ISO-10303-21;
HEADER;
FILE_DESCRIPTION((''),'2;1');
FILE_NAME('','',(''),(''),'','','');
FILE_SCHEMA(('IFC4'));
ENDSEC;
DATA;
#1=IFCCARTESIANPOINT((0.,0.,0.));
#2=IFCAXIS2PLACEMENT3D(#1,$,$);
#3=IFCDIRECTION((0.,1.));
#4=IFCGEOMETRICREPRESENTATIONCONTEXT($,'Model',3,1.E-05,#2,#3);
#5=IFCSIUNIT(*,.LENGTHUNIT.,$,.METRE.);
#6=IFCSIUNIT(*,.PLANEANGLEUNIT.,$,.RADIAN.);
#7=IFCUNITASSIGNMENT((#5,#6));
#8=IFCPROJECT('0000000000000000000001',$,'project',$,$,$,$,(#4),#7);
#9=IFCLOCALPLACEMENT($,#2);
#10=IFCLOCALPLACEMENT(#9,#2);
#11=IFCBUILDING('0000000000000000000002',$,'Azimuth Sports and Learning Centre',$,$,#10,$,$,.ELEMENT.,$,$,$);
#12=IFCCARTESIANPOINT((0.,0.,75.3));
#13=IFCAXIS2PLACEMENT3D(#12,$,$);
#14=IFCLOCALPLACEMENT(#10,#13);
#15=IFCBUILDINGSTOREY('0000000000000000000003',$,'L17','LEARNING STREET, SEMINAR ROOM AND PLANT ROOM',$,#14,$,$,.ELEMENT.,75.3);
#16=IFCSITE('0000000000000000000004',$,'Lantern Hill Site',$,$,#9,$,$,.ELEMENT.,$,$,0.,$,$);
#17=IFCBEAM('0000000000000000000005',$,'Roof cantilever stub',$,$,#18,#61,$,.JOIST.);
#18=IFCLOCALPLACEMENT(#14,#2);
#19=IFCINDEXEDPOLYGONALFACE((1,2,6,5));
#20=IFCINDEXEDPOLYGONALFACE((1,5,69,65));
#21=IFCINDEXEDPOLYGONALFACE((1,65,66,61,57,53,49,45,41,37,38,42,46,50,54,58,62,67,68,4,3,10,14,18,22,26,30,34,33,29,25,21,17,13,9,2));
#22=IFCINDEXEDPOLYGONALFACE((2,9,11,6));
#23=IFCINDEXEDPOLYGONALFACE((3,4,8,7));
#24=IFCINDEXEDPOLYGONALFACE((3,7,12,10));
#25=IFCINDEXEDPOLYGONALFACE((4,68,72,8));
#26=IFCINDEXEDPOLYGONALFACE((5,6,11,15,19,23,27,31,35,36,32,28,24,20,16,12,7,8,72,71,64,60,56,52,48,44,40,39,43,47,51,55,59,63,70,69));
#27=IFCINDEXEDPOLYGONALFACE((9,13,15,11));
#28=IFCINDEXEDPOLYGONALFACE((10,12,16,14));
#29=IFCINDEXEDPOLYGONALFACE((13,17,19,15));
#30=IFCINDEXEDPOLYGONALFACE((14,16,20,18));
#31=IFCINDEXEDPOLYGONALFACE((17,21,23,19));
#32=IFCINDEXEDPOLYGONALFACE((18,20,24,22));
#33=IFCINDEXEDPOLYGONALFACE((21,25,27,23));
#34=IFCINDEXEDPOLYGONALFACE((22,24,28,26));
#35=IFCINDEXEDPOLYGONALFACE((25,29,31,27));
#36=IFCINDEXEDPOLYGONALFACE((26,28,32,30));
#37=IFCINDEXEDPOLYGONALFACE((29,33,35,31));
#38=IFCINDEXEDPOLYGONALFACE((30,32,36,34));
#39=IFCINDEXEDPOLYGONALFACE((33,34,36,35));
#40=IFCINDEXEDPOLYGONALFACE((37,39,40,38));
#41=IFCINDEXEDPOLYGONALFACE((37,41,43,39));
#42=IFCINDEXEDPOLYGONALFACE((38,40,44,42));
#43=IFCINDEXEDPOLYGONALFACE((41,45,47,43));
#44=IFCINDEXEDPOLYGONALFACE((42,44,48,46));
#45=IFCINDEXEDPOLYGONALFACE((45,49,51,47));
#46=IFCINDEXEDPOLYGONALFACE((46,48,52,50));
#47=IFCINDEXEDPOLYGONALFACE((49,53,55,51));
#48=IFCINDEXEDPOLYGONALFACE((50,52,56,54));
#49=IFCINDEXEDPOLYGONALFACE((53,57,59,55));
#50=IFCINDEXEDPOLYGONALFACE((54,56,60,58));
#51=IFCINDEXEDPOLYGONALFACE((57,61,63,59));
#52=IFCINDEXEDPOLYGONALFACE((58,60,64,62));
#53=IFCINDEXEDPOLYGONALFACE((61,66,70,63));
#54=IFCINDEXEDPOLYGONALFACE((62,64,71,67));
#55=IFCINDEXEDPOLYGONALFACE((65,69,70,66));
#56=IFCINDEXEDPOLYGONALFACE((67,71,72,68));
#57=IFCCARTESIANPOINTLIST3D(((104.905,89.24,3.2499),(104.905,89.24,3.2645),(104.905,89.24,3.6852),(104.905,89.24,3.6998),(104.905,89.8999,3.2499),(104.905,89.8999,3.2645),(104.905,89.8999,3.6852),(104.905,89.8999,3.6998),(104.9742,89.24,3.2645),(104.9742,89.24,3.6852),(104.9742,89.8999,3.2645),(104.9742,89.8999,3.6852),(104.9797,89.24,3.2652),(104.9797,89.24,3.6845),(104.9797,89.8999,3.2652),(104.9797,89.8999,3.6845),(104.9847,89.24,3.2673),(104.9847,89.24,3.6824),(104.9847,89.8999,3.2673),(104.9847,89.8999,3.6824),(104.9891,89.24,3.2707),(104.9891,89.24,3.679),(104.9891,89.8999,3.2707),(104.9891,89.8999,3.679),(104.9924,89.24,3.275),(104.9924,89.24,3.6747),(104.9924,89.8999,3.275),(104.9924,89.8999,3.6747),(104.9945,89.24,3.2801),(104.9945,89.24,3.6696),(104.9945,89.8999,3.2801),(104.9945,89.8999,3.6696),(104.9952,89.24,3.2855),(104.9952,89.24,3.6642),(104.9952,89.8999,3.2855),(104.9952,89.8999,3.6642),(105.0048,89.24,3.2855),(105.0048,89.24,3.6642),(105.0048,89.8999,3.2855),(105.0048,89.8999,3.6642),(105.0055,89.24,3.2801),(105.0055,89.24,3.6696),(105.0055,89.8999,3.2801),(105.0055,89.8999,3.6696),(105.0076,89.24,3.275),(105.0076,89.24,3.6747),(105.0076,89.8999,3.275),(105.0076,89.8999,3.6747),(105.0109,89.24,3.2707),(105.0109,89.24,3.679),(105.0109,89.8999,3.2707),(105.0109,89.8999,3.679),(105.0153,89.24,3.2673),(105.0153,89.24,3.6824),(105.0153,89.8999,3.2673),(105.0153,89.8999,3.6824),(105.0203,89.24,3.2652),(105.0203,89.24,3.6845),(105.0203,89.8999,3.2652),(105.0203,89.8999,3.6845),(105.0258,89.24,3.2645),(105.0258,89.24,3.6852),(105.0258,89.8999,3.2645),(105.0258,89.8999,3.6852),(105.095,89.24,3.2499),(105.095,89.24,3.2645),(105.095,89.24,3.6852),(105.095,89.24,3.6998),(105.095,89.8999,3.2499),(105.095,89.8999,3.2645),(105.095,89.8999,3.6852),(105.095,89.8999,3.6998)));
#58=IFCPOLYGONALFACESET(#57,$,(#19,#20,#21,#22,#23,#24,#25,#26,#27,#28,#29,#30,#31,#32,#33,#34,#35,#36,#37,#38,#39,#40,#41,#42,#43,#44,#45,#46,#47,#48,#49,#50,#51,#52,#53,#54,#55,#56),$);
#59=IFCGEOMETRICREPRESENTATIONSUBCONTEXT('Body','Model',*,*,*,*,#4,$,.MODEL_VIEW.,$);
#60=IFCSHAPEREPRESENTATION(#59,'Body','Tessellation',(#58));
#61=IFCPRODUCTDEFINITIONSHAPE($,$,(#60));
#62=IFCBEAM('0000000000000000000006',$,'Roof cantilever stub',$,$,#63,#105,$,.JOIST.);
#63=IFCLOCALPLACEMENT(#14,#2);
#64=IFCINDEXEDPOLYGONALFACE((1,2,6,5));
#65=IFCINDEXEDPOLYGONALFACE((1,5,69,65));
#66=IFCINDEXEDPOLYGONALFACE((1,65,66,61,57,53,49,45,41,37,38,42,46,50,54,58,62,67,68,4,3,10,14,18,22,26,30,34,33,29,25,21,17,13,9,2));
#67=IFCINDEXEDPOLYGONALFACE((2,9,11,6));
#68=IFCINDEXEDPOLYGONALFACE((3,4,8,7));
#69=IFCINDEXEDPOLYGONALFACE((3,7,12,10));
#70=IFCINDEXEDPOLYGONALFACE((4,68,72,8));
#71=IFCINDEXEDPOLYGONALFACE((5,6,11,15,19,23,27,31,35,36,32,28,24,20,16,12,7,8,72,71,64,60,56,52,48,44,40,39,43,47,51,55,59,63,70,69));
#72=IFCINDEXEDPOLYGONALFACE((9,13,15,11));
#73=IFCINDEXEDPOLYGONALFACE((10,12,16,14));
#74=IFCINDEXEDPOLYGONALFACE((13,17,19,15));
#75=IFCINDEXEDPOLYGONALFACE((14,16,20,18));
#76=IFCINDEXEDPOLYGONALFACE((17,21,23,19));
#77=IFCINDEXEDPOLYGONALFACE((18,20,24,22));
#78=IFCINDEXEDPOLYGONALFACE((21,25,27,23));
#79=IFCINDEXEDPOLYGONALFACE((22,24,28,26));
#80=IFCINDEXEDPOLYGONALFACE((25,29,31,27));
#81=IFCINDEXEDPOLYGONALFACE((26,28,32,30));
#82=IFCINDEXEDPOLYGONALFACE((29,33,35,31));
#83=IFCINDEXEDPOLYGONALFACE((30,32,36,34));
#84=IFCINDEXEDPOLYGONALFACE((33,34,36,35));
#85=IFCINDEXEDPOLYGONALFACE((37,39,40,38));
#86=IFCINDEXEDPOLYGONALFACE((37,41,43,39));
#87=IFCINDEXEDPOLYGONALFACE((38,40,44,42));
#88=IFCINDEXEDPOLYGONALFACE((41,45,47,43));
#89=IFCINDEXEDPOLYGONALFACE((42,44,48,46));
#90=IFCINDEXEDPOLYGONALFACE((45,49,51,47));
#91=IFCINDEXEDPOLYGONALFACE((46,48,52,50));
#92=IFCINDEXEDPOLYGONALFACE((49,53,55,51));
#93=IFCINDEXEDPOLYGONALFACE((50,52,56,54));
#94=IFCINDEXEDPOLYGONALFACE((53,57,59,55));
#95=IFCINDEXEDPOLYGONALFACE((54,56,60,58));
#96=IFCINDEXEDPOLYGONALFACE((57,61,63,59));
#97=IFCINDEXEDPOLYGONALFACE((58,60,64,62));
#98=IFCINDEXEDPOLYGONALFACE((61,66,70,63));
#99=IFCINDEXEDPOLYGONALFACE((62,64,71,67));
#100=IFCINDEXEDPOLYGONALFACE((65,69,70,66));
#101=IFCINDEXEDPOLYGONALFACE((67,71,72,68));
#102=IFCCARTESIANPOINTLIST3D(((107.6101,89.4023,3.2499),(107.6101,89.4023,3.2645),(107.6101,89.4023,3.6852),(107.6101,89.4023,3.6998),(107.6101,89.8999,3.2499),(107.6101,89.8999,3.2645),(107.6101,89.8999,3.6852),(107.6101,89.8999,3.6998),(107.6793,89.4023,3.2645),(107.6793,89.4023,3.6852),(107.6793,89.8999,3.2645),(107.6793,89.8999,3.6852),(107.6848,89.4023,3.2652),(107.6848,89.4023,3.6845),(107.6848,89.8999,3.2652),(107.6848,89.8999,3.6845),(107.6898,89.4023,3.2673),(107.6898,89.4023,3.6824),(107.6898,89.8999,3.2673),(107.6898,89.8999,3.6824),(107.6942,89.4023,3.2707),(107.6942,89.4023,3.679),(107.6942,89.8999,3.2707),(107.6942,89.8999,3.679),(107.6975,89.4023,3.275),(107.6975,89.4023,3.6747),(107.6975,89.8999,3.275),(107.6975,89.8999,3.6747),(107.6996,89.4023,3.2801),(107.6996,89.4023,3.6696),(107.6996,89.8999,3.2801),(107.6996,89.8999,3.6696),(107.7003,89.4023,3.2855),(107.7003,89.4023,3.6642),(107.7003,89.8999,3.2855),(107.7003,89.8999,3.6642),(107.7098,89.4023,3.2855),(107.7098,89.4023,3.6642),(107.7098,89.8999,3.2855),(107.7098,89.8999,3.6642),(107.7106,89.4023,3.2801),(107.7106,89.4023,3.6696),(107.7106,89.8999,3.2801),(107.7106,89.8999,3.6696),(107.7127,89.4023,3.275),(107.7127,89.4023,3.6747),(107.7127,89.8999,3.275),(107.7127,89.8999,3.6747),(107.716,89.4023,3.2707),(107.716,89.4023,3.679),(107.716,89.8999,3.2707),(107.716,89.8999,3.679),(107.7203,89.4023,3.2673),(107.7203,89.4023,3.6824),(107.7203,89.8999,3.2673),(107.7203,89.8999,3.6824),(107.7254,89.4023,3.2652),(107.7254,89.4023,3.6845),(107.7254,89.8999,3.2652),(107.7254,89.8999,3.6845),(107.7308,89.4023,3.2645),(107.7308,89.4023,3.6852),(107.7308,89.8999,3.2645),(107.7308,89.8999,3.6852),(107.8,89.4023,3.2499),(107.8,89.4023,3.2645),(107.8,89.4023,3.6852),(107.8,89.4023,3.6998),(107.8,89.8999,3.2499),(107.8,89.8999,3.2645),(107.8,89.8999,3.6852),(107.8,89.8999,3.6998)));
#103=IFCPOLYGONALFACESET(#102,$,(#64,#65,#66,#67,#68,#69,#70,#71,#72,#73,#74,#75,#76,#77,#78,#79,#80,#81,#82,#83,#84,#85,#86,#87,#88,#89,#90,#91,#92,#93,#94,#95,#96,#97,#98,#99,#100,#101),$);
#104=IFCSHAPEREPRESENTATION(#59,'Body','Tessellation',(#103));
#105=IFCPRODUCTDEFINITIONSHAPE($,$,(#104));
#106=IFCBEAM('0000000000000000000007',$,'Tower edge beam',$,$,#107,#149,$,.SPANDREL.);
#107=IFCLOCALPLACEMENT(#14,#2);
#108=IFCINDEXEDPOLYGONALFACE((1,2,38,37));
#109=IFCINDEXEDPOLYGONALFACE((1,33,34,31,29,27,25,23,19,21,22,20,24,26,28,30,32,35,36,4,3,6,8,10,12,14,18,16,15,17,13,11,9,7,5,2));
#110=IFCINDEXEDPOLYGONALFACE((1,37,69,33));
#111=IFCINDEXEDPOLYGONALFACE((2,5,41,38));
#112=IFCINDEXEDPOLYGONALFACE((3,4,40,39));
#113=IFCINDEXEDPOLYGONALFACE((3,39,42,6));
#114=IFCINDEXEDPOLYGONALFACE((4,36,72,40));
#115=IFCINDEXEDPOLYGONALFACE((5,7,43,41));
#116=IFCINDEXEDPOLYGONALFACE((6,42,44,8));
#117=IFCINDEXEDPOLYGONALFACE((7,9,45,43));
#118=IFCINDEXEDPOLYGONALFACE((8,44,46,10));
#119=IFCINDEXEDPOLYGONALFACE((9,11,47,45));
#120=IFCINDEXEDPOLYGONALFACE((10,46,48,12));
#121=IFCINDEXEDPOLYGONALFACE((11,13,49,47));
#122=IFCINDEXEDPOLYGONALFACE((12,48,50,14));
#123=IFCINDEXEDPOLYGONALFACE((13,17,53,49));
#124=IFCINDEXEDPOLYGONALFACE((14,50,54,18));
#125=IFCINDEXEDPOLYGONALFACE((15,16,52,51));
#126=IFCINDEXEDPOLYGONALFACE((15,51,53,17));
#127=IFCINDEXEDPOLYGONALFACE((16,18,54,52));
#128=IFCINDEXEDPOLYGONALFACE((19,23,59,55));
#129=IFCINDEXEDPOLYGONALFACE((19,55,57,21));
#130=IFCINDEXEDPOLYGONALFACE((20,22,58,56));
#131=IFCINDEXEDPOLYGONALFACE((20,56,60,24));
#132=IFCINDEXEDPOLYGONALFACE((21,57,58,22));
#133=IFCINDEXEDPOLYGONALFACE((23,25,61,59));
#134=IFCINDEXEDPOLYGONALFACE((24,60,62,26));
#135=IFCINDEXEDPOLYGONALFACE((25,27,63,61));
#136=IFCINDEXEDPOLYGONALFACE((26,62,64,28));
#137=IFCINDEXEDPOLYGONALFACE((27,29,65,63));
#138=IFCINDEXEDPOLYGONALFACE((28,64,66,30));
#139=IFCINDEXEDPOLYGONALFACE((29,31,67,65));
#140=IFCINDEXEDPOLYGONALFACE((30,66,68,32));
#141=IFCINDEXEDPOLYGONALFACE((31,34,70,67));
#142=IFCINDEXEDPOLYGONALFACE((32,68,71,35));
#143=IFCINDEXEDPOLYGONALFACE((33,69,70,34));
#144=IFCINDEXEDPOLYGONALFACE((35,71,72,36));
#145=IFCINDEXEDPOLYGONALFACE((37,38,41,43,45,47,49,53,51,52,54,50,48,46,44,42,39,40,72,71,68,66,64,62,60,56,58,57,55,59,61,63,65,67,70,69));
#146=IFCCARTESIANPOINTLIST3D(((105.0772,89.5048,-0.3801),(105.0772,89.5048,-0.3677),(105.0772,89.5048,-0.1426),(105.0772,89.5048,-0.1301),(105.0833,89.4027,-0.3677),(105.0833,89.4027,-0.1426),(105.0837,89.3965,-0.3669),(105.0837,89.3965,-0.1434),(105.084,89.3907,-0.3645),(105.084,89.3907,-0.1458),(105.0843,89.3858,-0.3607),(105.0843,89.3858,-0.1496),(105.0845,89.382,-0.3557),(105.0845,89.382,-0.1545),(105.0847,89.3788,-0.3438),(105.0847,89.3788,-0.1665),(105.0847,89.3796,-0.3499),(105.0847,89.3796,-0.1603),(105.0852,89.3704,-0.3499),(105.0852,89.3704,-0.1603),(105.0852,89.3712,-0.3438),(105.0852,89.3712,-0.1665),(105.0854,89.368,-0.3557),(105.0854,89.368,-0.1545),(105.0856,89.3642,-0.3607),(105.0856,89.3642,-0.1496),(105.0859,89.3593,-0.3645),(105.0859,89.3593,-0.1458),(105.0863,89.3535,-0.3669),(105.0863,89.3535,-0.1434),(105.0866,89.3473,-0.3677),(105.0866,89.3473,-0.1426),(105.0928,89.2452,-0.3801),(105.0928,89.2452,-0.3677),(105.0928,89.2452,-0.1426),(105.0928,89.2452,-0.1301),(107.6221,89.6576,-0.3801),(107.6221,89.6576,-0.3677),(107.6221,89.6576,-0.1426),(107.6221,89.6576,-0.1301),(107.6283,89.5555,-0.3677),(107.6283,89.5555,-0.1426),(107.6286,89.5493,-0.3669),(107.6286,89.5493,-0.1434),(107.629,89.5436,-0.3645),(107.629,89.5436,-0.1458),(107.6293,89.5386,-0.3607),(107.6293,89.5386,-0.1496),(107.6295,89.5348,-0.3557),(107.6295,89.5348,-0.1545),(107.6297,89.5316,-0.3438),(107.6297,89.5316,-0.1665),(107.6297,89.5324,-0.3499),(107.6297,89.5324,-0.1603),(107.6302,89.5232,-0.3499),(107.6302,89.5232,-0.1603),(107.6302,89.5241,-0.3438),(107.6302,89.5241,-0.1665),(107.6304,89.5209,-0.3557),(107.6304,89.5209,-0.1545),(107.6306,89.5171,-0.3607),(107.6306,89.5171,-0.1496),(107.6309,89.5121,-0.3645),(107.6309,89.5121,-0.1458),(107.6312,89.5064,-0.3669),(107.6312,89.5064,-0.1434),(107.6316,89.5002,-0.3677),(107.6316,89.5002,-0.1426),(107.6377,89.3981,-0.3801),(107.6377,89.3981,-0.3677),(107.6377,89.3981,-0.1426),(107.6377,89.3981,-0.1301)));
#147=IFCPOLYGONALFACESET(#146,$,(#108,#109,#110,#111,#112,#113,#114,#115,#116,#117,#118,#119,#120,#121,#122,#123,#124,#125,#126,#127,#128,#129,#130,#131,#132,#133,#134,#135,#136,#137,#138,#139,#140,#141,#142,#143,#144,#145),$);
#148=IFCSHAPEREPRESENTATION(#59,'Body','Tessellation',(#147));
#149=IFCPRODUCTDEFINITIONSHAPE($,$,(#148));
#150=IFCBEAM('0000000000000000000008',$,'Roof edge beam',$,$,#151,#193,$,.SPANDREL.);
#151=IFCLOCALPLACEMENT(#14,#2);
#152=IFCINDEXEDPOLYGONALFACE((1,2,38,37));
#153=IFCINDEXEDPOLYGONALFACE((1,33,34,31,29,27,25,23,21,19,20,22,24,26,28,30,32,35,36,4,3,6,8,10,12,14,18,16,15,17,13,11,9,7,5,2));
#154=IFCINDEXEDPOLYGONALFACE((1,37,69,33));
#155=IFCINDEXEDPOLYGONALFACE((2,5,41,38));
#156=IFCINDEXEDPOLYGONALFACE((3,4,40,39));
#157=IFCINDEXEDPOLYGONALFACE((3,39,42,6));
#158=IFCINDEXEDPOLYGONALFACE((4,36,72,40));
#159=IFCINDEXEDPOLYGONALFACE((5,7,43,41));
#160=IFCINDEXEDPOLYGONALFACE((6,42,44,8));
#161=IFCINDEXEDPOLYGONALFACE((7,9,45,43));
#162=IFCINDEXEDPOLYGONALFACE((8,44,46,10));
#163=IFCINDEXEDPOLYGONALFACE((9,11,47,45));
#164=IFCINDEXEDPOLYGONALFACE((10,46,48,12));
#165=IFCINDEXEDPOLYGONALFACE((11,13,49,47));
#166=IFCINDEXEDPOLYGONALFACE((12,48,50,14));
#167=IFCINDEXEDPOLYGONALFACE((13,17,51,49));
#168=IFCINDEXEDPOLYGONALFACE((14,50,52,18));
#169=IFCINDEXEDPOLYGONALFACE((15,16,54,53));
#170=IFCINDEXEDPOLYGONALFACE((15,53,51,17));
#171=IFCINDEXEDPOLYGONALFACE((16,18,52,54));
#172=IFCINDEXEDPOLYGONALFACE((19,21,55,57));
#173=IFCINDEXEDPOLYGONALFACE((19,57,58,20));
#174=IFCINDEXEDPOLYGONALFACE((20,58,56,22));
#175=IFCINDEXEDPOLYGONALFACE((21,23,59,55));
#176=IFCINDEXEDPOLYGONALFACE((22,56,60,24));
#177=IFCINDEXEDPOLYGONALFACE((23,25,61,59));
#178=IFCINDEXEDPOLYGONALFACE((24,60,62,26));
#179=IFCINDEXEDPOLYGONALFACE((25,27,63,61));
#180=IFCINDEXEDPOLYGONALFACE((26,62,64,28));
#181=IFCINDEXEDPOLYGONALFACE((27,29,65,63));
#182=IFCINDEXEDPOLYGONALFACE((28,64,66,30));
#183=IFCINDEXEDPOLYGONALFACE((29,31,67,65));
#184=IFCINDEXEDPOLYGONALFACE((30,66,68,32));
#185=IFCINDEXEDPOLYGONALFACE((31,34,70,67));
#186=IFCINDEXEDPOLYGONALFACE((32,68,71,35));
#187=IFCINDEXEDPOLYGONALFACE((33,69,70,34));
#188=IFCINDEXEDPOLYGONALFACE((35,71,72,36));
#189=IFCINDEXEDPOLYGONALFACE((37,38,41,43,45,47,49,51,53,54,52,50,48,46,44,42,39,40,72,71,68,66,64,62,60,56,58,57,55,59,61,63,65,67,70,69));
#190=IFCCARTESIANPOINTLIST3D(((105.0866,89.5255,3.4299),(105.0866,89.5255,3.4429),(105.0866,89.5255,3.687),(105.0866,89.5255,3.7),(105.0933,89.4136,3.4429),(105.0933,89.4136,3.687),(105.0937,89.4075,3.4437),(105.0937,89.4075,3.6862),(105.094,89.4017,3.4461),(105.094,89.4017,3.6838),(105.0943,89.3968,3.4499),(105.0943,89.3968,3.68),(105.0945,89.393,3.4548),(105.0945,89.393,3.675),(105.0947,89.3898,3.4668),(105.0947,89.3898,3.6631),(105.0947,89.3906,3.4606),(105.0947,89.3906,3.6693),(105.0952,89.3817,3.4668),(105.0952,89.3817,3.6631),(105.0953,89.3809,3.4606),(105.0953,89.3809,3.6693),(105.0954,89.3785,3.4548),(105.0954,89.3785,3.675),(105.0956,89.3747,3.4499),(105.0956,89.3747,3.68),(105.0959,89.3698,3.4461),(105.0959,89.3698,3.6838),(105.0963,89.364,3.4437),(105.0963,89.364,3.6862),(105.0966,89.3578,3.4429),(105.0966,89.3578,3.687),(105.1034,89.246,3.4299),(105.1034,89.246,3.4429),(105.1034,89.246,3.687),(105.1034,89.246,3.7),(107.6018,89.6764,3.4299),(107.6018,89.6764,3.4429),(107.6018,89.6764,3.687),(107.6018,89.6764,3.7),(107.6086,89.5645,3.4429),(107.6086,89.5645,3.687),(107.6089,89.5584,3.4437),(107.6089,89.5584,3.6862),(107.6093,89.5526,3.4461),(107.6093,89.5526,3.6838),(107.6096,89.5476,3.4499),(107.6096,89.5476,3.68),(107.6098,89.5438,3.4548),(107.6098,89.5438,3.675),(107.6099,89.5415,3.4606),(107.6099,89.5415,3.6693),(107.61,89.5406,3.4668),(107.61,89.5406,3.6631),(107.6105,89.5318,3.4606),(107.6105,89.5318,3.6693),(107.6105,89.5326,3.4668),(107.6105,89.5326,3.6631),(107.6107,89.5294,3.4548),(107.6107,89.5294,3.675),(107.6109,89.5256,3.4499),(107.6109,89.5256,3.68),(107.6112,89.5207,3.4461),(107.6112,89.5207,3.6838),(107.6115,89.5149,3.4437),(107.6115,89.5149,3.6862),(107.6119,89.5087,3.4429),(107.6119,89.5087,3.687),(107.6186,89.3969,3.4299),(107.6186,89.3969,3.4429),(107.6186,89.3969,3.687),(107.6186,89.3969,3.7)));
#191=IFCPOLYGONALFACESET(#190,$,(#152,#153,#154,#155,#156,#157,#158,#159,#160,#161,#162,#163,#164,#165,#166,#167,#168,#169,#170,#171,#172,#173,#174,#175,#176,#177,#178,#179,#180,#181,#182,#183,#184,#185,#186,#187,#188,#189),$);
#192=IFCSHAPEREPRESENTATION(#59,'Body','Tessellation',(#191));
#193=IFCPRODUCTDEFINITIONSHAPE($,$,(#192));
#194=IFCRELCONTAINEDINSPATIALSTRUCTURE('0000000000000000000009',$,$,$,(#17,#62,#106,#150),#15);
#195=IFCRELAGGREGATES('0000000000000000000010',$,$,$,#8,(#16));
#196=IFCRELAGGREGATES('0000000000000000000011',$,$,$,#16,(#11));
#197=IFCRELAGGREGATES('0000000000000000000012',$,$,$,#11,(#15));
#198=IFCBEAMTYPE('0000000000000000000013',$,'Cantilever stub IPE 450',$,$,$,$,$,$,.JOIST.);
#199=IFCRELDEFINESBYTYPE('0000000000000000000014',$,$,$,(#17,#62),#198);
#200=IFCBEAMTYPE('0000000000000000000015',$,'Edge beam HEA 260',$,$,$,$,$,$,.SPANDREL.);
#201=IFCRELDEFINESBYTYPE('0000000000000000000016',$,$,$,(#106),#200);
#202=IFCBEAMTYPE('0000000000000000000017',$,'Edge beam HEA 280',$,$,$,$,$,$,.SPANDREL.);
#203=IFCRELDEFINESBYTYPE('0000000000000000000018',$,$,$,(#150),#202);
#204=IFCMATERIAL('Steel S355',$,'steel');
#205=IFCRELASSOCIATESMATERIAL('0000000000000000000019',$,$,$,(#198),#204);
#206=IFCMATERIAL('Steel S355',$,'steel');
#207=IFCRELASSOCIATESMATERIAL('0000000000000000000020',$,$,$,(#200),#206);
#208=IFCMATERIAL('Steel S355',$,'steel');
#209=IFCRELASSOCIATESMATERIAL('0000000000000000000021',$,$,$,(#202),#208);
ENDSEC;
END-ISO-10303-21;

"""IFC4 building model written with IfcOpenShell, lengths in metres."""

from ifc_helpers import new_model, si_unit, direction, frame, origin, origin_2d, place, context, subcontext, project, spatial, i_section, extrude, material, material_profile, profile_set, type_object, element, save


model = new_model("IFC4")

# Units and contexts
model_context = context("Model", 3, precision=1e-05, world=origin(), true_north=direction((0.0, 1.0)))
body_context = subcontext(model_context, "Body", "Model", "MODEL_VIEW")
ifc_project = project(units=[si_unit("LENGTHUNIT", "METRE"), si_unit("PLANEANGLEUNIT", "RADIAN")], contexts=[model_context])

# Site, building, storey
site_placement = place(None, origin())
site = spatial("IfcSite", under=ifc_project, at=site_placement, Name="Lantern Hill Site", CompositionType="ELEMENT", RefElevation=0.0)
building_placement = place(site_placement, origin())
building = spatial("IfcBuilding", under=site, at=building_placement, Name="Azimuth Sports and Learning Centre", CompositionType="ELEMENT")
storey_placement = place(building_placement, frame((0.0, 0.0, 75.3)))
storey = spatial("IfcBuildingStorey", under=building, at=storey_placement, Name="L17", Description="LEARNING STREET, SEMINAR ROOM AND PLANT ROOM", CompositionType="ELEMENT", Elevation=75.3)

# Beams
ifc_material_1 = material(Name="Steel S355", Category="steel")
ifc_material_profile_1 = material_profile(ifc_material_1, i_section(OverallWidth=0.1899, OverallDepth=0.45, WebThickness=0.0095, FlangeThickness=0.0146, FilletRadius=0.021, at=origin_2d()), Name="IPE 450")
ifc_profile_set_1 = profile_set([ifc_material_profile_1], Name="Steel S355")
beam_type_1 = type_object("IfcBeamType", Name="Cantilever stub IPE 450", PredefinedType="JOIST", material=ifc_profile_set_1)
beam_1_placement = place(storey_placement, frame((105.0, 89.8999, 3.4749), z_axis=(0.0, -1.0, 0.0), x_axis=(1.0, 0.0, 0.0)))
element("IfcBeam", 1, at=beam_1_placement, inside=storey, type_object=beam_type_1, Name="Roof cantilever stub", PredefinedType="JOIST", context=body_context, shape_type="SweptSolid", body=[
    extrude(i_section(OverallWidth=0.1899, OverallDepth=0.45, WebThickness=0.0095, FlangeThickness=0.0146, FilletRadius=0.021, at=origin_2d()), origin(), (0.0, 0.0, 1.0), 0.6599),
])
beam_2_placement = place(storey_placement, frame((107.7051, 89.8999, 3.4749), z_axis=(0.0, -1.0, 0.0), x_axis=(1.0, 0.0, 0.0)))
element("IfcBeam", 2, at=beam_2_placement, inside=storey, type_object=beam_type_1, Name="Roof cantilever stub", PredefinedType="JOIST", context=body_context, shape_type="SweptSolid", body=[
    extrude(i_section(OverallWidth=0.1899, OverallDepth=0.45, WebThickness=0.0095, FlangeThickness=0.0146, FilletRadius=0.021, at=origin_2d()), origin(), (0.0, 0.0, 1.0), 0.4976),
])
ifc_material_2 = material(Name="Steel S355", Category="steel")
ifc_material_profile_2 = material_profile(ifc_material_2, i_section(OverallWidth=0.26, OverallDepth=0.25, WebThickness=0.0076, FlangeThickness=0.0125, FilletRadius=0.0239, at=origin_2d()), Name="HEA 260")
ifc_profile_set_2 = profile_set([ifc_material_profile_2], Name="Steel S355")
beam_type_2 = type_object("IfcBeamType", Name="Edge beam HEA 260", PredefinedType="SPANDREL", material=ifc_profile_set_2)
beam_3_placement = place(storey_placement, frame((105.085, 89.375, -0.2551), z_axis=(0.998202, 0.059946, 0.0), x_axis=(-0.059946, 0.998202, 0.0)))
element("IfcBeam", 3, at=beam_3_placement, inside=storey, type_object=beam_type_2, Name="Tower edge beam", PredefinedType="SPANDREL", context=body_context, shape_type="SweptSolid", body=[
    extrude(i_section(OverallWidth=0.26, OverallDepth=0.25, WebThickness=0.0076, FlangeThickness=0.0125, FilletRadius=0.0239, at=origin_2d()), origin(), (0.0, 0.0, 1.0), 2.5496),
])
ifc_material_3 = material(Name="Steel S355", Category="steel")
ifc_material_profile_3 = material_profile(ifc_material_3, i_section(OverallWidth=0.28, OverallDepth=0.27, WebThickness=0.0081, FlangeThickness=0.0129, FilletRadius=0.0239, at=origin_2d()), Name="HEA 280")
ifc_profile_set_3 = profile_set([ifc_material_profile_3], Name="Steel S355")
beam_type_3 = type_object("IfcBeamType", Name="Edge beam HEA 280", PredefinedType="SPANDREL", material=ifc_profile_set_3)
beam_4_placement = place(storey_placement, frame((105.095, 89.3857, 3.5649), z_axis=(0.998206, 0.059881, 0.0), x_axis=(-0.059881, 0.998206, 0.0)))
element("IfcBeam", 4, at=beam_4_placement, inside=storey, type_object=beam_type_3, Name="Roof edge beam", PredefinedType="SPANDREL", context=body_context, shape_type="SweptSolid", body=[
    extrude(i_section(OverallWidth=0.28, OverallDepth=0.27, WebThickness=0.0081, FlangeThickness=0.0129, FilletRadius=0.0239, at=origin_2d()), origin(), (0.0, 0.0, 1.0), 2.5198),
])

save(model, "model.ifc")
